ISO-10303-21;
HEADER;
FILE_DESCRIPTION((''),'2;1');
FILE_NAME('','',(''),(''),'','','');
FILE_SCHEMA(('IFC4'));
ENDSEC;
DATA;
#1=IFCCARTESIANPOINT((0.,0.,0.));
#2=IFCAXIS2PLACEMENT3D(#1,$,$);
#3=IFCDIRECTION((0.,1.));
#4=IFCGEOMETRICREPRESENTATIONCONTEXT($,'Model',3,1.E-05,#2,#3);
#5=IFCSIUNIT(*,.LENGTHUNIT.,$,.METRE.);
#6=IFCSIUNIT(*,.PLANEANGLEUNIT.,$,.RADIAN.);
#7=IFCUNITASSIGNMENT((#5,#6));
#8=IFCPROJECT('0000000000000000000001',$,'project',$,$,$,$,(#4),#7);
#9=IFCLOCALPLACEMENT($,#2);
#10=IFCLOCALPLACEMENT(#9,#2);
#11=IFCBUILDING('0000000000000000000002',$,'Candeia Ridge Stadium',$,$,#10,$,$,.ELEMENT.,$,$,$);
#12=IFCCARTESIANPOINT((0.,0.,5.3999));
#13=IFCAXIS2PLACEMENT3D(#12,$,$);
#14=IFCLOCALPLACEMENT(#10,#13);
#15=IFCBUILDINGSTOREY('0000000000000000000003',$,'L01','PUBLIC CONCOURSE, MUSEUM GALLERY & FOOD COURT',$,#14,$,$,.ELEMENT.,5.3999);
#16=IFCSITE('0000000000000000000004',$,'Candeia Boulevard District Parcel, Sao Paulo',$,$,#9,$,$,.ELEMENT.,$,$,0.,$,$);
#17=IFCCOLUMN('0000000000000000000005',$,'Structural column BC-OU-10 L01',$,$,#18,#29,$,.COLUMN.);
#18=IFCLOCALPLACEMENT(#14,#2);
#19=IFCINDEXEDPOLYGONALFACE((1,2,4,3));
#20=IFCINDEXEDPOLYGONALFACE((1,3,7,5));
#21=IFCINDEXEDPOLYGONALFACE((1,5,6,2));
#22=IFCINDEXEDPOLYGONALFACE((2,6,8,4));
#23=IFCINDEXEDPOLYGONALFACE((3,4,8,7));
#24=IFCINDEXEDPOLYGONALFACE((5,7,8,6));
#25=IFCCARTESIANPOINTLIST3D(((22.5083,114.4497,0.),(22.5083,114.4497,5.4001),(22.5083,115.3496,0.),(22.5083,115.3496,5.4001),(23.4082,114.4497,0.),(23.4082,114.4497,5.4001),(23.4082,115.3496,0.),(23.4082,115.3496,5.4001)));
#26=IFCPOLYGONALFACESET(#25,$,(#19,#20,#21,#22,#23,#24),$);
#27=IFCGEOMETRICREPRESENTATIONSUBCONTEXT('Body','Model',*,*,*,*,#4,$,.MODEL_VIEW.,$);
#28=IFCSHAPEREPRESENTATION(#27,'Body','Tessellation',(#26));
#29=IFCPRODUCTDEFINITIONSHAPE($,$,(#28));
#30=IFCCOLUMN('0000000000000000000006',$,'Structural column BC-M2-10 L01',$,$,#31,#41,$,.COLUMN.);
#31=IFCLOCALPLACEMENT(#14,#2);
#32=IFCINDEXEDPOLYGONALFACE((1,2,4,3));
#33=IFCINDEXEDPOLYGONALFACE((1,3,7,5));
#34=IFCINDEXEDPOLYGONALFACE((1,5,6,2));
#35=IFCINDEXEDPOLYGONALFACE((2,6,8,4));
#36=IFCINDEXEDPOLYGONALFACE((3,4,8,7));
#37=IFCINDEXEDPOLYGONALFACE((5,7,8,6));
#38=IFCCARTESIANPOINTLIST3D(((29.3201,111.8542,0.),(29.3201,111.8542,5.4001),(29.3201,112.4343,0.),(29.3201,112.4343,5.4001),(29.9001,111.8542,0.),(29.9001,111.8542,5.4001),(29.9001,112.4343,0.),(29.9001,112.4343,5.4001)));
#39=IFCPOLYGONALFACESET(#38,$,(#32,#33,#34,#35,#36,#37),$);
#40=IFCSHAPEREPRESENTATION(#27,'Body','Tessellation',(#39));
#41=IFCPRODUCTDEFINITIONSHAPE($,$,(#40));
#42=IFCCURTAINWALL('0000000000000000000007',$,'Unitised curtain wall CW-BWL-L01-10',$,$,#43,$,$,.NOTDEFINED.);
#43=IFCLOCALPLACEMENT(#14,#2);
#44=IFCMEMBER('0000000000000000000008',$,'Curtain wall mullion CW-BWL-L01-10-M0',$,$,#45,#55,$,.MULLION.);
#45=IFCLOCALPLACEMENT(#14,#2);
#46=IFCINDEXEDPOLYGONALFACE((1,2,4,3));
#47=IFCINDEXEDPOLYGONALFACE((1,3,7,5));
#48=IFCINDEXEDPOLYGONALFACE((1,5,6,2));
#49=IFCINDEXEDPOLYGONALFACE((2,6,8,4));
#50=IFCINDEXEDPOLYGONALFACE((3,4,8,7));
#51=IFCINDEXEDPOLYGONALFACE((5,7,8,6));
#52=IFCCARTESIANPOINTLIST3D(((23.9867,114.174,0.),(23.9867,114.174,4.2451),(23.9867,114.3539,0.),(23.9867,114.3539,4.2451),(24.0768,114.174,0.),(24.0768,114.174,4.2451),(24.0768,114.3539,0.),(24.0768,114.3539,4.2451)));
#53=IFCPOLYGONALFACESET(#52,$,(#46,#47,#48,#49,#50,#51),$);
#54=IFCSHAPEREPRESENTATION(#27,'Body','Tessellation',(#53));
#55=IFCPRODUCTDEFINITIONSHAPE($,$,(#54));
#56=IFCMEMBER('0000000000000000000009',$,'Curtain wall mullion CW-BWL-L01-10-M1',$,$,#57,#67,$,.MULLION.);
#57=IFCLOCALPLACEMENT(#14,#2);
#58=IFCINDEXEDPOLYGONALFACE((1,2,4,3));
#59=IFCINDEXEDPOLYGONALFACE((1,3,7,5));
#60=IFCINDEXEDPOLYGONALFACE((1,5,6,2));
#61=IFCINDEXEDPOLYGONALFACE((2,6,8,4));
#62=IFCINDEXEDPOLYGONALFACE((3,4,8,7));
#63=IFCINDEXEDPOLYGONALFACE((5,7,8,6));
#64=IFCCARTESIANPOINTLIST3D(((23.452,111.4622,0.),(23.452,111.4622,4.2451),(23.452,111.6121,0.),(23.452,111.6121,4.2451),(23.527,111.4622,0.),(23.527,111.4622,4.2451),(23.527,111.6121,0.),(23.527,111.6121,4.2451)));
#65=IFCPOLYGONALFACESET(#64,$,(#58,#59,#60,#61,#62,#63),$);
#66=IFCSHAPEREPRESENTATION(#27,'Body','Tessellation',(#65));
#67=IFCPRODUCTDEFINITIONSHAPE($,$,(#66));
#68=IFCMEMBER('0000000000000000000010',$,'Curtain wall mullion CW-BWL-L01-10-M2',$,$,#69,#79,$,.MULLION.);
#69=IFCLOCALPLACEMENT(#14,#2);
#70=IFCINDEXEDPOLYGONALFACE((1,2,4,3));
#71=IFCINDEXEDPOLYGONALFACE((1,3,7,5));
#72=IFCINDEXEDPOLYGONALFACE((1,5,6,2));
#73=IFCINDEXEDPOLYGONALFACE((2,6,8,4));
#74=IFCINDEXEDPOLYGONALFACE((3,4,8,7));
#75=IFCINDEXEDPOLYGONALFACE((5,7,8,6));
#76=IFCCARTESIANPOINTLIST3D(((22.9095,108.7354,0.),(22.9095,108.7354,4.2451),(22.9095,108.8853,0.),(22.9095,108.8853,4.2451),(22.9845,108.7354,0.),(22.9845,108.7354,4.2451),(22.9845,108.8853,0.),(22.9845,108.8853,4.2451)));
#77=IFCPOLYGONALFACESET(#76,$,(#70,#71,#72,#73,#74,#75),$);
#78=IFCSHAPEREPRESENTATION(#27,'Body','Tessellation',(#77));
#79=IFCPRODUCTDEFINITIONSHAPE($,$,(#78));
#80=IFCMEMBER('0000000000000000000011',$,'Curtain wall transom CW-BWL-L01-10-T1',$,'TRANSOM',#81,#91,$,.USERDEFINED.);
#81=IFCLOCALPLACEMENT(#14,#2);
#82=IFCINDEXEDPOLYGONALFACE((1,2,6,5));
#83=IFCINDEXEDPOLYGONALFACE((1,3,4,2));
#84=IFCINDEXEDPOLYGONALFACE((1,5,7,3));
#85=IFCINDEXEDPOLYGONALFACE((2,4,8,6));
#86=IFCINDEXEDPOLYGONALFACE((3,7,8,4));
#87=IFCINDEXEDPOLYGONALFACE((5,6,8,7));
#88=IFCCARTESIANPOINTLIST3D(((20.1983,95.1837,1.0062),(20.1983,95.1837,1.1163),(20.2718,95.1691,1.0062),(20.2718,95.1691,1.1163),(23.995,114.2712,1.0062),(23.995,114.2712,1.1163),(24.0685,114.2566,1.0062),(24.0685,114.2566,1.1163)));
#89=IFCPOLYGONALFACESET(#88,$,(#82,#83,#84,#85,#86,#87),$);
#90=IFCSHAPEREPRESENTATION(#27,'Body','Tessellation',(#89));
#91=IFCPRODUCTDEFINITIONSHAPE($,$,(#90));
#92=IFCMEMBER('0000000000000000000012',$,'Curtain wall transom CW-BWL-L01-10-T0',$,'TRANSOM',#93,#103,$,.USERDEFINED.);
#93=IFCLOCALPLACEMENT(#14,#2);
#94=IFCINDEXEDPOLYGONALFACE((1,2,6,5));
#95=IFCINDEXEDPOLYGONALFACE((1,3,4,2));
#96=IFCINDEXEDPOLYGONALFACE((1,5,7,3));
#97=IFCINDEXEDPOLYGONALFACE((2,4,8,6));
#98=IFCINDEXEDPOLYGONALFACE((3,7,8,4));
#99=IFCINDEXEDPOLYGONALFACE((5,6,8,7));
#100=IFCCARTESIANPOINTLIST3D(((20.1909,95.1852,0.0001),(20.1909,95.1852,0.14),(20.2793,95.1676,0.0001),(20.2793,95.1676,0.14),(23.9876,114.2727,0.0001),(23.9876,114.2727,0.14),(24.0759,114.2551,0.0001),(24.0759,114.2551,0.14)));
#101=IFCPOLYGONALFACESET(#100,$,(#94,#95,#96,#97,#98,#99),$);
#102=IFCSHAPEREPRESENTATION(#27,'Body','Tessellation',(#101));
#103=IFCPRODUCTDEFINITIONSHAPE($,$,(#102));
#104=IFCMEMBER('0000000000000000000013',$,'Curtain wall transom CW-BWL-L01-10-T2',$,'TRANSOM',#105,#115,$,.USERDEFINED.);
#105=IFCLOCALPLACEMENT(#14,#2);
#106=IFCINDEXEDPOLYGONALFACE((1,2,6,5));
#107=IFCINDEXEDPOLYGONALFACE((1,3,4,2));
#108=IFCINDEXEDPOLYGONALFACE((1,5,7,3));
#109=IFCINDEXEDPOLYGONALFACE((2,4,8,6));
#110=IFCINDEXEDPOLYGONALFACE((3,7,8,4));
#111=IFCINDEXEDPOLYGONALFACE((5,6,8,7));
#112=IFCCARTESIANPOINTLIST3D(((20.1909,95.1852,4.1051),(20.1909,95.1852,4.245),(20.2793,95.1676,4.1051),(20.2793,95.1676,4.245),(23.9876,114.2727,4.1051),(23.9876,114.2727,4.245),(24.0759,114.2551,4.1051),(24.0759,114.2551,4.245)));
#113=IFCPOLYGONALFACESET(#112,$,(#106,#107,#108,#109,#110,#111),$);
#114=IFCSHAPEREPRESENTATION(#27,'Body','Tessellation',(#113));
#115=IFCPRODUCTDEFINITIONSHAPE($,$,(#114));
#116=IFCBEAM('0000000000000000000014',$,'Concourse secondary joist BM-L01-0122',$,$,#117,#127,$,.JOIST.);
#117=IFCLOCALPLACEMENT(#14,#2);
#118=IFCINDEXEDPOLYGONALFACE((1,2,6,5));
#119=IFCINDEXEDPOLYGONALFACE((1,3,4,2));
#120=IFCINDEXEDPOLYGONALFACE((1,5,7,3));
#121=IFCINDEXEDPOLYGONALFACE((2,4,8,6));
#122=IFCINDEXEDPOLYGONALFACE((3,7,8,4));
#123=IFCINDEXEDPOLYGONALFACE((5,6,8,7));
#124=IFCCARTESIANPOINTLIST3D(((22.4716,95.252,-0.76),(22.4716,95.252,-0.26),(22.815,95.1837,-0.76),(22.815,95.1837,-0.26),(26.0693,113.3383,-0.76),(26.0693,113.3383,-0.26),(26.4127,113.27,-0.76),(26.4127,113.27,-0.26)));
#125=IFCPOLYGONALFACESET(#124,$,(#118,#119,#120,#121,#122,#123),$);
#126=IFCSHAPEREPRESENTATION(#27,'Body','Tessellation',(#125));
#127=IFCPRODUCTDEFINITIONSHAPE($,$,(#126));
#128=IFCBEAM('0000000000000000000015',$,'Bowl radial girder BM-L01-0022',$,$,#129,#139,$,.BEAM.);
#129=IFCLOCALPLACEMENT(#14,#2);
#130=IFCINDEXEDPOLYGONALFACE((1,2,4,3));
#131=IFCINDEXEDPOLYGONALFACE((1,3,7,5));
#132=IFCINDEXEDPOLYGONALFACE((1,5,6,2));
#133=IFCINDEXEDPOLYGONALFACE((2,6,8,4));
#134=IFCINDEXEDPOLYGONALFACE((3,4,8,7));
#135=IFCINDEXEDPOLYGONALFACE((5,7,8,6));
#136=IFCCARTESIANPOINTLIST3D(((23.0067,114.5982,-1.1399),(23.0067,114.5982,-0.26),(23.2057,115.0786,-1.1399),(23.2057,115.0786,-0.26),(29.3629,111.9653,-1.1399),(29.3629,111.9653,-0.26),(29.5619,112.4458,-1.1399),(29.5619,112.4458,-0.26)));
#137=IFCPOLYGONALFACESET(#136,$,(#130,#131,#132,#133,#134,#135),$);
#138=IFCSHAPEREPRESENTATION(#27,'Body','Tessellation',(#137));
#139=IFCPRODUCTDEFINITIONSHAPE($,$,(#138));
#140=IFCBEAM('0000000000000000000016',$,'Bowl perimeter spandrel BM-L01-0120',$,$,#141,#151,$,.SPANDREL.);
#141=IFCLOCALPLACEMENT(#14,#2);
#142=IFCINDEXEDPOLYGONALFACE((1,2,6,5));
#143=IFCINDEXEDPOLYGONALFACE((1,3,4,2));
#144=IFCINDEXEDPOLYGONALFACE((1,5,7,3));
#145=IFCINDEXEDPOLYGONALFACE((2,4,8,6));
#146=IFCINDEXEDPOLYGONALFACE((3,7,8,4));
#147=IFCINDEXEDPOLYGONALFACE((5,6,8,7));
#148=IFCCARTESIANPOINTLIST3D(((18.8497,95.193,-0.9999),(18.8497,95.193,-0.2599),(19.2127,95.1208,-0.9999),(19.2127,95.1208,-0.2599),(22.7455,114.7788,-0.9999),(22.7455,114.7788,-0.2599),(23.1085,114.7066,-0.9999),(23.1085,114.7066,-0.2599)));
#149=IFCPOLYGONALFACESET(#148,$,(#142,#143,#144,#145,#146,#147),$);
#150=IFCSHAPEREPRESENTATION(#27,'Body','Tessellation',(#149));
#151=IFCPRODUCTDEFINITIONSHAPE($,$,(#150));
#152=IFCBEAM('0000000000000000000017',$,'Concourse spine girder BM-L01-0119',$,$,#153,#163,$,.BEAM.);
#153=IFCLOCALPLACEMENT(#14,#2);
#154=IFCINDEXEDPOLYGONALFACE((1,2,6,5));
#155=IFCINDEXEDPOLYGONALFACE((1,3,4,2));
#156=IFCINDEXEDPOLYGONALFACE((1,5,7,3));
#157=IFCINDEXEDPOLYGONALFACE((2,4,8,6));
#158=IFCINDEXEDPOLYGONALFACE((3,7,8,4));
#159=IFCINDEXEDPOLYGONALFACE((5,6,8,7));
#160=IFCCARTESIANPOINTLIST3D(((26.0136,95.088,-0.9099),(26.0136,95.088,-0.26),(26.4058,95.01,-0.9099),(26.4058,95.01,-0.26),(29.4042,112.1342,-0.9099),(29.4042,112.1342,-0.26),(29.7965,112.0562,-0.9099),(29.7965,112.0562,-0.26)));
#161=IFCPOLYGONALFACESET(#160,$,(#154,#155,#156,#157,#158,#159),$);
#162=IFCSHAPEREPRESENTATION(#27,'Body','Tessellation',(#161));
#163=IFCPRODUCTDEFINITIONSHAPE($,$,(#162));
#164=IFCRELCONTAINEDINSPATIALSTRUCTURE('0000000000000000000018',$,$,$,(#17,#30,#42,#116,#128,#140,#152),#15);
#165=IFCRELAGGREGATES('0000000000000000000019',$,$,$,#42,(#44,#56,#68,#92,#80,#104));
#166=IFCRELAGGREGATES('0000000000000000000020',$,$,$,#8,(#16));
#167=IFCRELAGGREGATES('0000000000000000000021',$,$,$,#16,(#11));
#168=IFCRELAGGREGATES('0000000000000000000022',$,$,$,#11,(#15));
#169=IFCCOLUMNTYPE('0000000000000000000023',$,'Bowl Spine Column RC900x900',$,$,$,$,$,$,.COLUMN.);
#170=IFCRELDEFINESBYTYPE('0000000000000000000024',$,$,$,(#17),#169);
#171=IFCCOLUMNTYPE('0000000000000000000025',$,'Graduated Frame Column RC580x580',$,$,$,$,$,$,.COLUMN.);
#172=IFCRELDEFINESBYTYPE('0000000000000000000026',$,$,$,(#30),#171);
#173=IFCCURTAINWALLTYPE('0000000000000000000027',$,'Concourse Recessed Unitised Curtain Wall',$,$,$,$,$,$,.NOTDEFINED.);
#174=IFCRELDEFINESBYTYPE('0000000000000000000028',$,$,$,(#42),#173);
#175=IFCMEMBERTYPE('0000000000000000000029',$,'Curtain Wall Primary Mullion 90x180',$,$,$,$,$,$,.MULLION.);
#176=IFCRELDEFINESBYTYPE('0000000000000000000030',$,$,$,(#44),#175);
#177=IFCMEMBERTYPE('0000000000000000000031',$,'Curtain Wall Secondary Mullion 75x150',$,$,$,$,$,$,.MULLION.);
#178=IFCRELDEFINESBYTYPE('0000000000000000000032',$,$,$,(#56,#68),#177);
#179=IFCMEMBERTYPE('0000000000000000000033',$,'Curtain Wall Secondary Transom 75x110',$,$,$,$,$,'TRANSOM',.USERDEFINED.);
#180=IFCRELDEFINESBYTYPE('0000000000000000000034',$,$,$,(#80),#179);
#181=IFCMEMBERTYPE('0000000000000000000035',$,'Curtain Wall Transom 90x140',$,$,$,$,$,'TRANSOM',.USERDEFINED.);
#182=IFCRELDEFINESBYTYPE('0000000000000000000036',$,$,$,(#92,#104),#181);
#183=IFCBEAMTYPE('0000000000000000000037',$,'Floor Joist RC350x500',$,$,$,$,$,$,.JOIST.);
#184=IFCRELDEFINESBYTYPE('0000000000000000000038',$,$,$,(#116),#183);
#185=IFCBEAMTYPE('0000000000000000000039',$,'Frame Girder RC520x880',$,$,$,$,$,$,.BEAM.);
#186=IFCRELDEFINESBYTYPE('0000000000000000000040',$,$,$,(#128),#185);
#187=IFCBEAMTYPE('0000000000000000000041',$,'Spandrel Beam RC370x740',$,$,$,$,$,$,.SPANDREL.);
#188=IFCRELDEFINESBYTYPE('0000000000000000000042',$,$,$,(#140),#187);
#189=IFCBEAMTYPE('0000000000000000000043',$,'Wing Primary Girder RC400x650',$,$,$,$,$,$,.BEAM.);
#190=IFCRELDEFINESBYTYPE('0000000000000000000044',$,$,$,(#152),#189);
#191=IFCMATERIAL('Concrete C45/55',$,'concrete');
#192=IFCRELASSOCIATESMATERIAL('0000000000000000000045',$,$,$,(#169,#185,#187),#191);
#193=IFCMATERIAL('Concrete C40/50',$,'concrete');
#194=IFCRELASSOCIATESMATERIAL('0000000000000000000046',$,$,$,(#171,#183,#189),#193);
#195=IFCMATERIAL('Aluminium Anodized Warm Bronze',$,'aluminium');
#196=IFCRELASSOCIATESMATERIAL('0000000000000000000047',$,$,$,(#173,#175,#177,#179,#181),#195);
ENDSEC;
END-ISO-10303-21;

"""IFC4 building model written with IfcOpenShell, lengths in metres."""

from ifc_helpers import new_model, si_unit, direction, frame, origin, origin_2d, place, context, subcontext, project, spatial, rectangle, extrude, material, material_profile, profile_set, type_object, element, aggregate, save


model = new_model("IFC4")

# Units and contexts
model_context = context("Model", 3, precision=1e-05, world=origin(), true_north=direction((0.0, 1.0)))
body_context = subcontext(model_context, "Body", "Model", "MODEL_VIEW")
ifc_project = project(units=[si_unit("LENGTHUNIT", "METRE"), si_unit("PLANEANGLEUNIT", "RADIAN")], contexts=[model_context])

# Site, building, storey
site_placement = place(None, origin())
site = spatial("IfcSite", under=ifc_project, at=site_placement, Name="Candeia Boulevard District Parcel, Sao Paulo", CompositionType="ELEMENT", RefElevation=0.0)
building_placement = place(site_placement, origin())
building = spatial("IfcBuilding", under=site, at=building_placement, Name="Candeia Ridge Stadium", CompositionType="ELEMENT")
storey_placement = place(building_placement, frame((0.0, 0.0, 5.3999)))
storey = spatial("IfcBuildingStorey", under=building, at=storey_placement, Name="L01", Description="PUBLIC CONCOURSE, MUSEUM GALLERY & FOOD COURT", CompositionType="ELEMENT", Elevation=5.3999)

# Columns
ifc_material_1 = material(Name="Concrete C45/55", Category="concrete")
ifc_material_profile_1 = material_profile(ifc_material_1, rectangle(XDim=0.8999, YDim=0.8999, at=origin_2d()), Name="RC900x900", Category="concrete")
ifc_profile_set_1 = profile_set([ifc_material_profile_1], Name="Concrete C45/55")
column_type_1 = type_object("IfcColumnType", Name="Bowl Spine Column RC900x900", PredefinedType="COLUMN", material=ifc_profile_set_1)
column_1_placement = place(storey_placement, frame((22.9583, 114.8997, 0.0), z_axis=(0.0, 0.0, 1.0), x_axis=(1.0, 0.0, 0.0)))
element("IfcColumn", 1, at=column_1_placement, inside=storey, type_object=column_type_1, Name="Structural column BC-OU-10 L01", PredefinedType="COLUMN", context=body_context, shape_type="SweptSolid", body=[
    extrude(rectangle(XDim=0.8999, YDim=0.8999, at=origin_2d()), origin(), (0.0, 0.0, 1.0), 5.4001),
])
ifc_material_2 = material(Name="Concrete C40/50", Category="concrete")
ifc_material_profile_2 = material_profile(ifc_material_2, rectangle(XDim=0.5801, YDim=0.5801, at=origin_2d()), Name="RC580x580", Category="concrete")
ifc_profile_set_2 = profile_set([ifc_material_profile_2], Name="Concrete C40/50")
column_type_2 = type_object("IfcColumnType", Name="Graduated Frame Column RC580x580", PredefinedType="COLUMN", material=ifc_profile_set_2)
column_2_placement = place(storey_placement, frame((29.6101, 112.1443, 0.0), z_axis=(0.0, 0.0, 1.0), x_axis=(1.0, 0.0, 0.0)))
element("IfcColumn", 2, at=column_2_placement, inside=storey, type_object=column_type_2, Name="Structural column BC-M2-10 L01", PredefinedType="COLUMN", context=body_context, shape_type="SweptSolid", body=[
    extrude(rectangle(XDim=0.5801, YDim=0.5801, at=origin_2d()), origin(), (0.0, 0.0, 1.0), 5.4001),
])

# Curtain wall, members
ifc_material_3 = material(Name="Aluminium Anodized Warm Bronze", Category="aluminium")
curtain_wall_type = type_object("IfcCurtainWallType", Name="Concourse Recessed Unitised Curtain Wall", PredefinedType="NOTDEFINED", material=ifc_material_3)
curtain_wall_placement = place(storey_placement, origin())
curtain_wall = element("IfcCurtainWall", 3, at=curtain_wall_placement, inside=storey, type_object=curtain_wall_type, Name="Unitised curtain wall CW-BWL-L01-10", PredefinedType="NOTDEFINED")
ifc_material_profile_3 = material_profile(ifc_material_3, rectangle(XDim=0.0901, YDim=0.1799, at=origin_2d()), Name="CWM-90x180", Category="aluminium")
ifc_profile_set_3 = profile_set([ifc_material_profile_3], Name="Aluminium Anodized Warm Bronze")
member_type_1 = type_object("IfcMemberType", Name="Curtain Wall Primary Mullion 90x180", PredefinedType="MULLION", material=ifc_profile_set_3)
member_1_placement = place(storey_placement, frame((24.0317, 114.2639, 0.0), z_axis=(0.0, 0.0, 1.0), x_axis=(1.0, 0.0, 0.0)))
member_1 = element("IfcMember", 4, at=member_1_placement, type_object=member_type_1, Name="Curtain wall mullion CW-BWL-L01-10-M0", PredefinedType="MULLION", context=body_context, shape_type="SweptSolid", body=[
    extrude(rectangle(XDim=0.0901, YDim=0.1799, at=origin_2d()), origin(), (0.0, 0.0, 1.0), 4.2451),
])
ifc_material_profile_4 = material_profile(ifc_material_3, rectangle(XDim=0.075, YDim=0.1499, at=origin_2d()), Name="CWM-75x150", Category="aluminium")
ifc_profile_set_4 = profile_set([ifc_material_profile_4], Name="Aluminium Anodized Warm Bronze")
member_type_2 = type_object("IfcMemberType", Name="Curtain Wall Secondary Mullion 75x150", PredefinedType="MULLION", material=ifc_profile_set_4)
member_2_placement = place(storey_placement, frame((23.4895, 111.5371, 0.0), z_axis=(0.0, 0.0, 1.0), x_axis=(1.0, 0.0, 0.0)))
member_2 = element("IfcMember", 5, at=member_2_placement, type_object=member_type_2, Name="Curtain wall mullion CW-BWL-L01-10-M1", PredefinedType="MULLION", context=body_context, shape_type="SweptSolid", body=[
    extrude(rectangle(XDim=0.075, YDim=0.1499, at=origin_2d()), origin(), (0.0, 0.0, 1.0), 4.2451),
])
member_3_placement = place(storey_placement, frame((22.947, 108.8103, 0.0), z_axis=(0.0, 0.0, 1.0), x_axis=(1.0, 0.0, 0.0)))
member_3 = element("IfcMember", 6, at=member_3_placement, type_object=member_type_2, Name="Curtain wall mullion CW-BWL-L01-10-M2", PredefinedType="MULLION", context=body_context, shape_type="SweptSolid", body=[
    extrude(rectangle(XDim=0.075, YDim=0.1499, at=origin_2d()), origin(), (0.0, 0.0, 1.0), 4.2451),
])
ifc_material_profile_5 = material_profile(ifc_material_3, rectangle(XDim=0.075, YDim=0.1101, at=origin_2d()), Name="CWT-75x110", Category="aluminium")
ifc_profile_set_5 = profile_set([ifc_material_profile_5], Name="Aluminium Anodized Warm Bronze")
member_type_3 = type_object("IfcMemberType", Name="Curtain Wall Secondary Transom 75x110", ElementType="TRANSOM", PredefinedType="USERDEFINED", material=ifc_profile_set_5)
member_4_placement = place(storey_placement, frame((24.0317, 114.2639, 1.0613), z_axis=(-0.195086, -0.980786, 0.0), x_axis=(0.980786, -0.195086, 0.0)))
member_4 = element("IfcMember", 7, at=member_4_placement, type_object=member_type_3, Name="Curtain wall transom CW-BWL-L01-10-T1", ObjectType="TRANSOM", PredefinedType="USERDEFINED", context=body_context, shape_type="SweptSolid", body=[
    extrude(rectangle(XDim=0.075, YDim=0.1101, at=origin_2d()), origin(), (0.0, 0.0, 1.0), 19.4614),
])
ifc_material_profile_6 = material_profile(ifc_material_3, rectangle(XDim=0.0901, YDim=0.1399, at=origin_2d()), Name="CWT-90x140", Category="aluminium")
ifc_profile_set_6 = profile_set([ifc_material_profile_6], Name="Aluminium Anodized Warm Bronze")
member_type_4 = type_object("IfcMemberType", Name="Curtain Wall Transom 90x140", ElementType="TRANSOM", PredefinedType="USERDEFINED", material=ifc_profile_set_6)
member_5_placement = place(storey_placement, frame((24.0317, 114.2639, 0.0701), z_axis=(-0.195086, -0.980786, 0.0), x_axis=(0.980786, -0.195086, 0.0)))
member_5 = element("IfcMember", 8, at=member_5_placement, type_object=member_type_4, Name="Curtain wall transom CW-BWL-L01-10-T0", ObjectType="TRANSOM", PredefinedType="USERDEFINED", context=body_context, shape_type="SweptSolid", body=[
    extrude(rectangle(XDim=0.0901, YDim=0.1399, at=origin_2d()), origin(), (0.0, 0.0, 1.0), 19.4614),
])
member_6_placement = place(storey_placement, frame((24.0317, 114.2639, 4.175), z_axis=(-0.195086, -0.980786, 0.0), x_axis=(0.980786, -0.195086, 0.0)))
member_6 = element("IfcMember", 9, at=member_6_placement, type_object=member_type_4, Name="Curtain wall transom CW-BWL-L01-10-T2", ObjectType="TRANSOM", PredefinedType="USERDEFINED", context=body_context, shape_type="SweptSolid", body=[
    extrude(rectangle(XDim=0.0901, YDim=0.1399, at=origin_2d()), origin(), (0.0, 0.0, 1.0), 19.4614),
])

# Beams
ifc_material_profile_7 = material_profile(ifc_material_2, rectangle(XDim=0.3501, YDim=0.5, at=origin_2d()), Name="RC350x500", Category="concrete")
ifc_profile_set_7 = profile_set([ifc_material_profile_7], Name="Concrete C40/50")
beam_type_1 = type_object("IfcBeamType", Name="Floor Joist RC350x500", PredefinedType="JOIST", material=ifc_profile_set_7)
beam_1_placement = place(storey_placement, frame((26.241, 113.3042, -0.51), z_axis=(-0.195093, -0.980785, 0.0), x_axis=(0.980785, -0.195093, 0.0)))
element("IfcBeam", 10, at=beam_1_placement, inside=storey, type_object=beam_type_1, Name="Concourse secondary joist BM-L01-0122", PredefinedType="JOIST", context=body_context, shape_type="SweptSolid", body=[
    extrude(rectangle(XDim=0.3501, YDim=0.5, at=origin_2d()), origin(), (0.0, 0.0, 1.0), 18.4407),
])
ifc_material_profile_8 = material_profile(ifc_material_1, rectangle(XDim=0.52, YDim=0.8799, at=origin_2d()), Name="RC520x880", Category="concrete")
ifc_profile_set_8 = profile_set([ifc_material_profile_8], Name="Concrete C45/55")
beam_type_2 = type_object("IfcBeamType", Name="Frame Girder RC520x880", PredefinedType="BEAM", material=ifc_profile_set_8)
beam_2_placement = place(storey_placement, frame((29.4624, 112.2056, -0.7), z_axis=(-0.92388, 0.382682, 0.0), x_axis=(-0.382682, -0.92388, 0.0)))
element("IfcBeam", 11, at=beam_2_placement, inside=storey, type_object=beam_type_2, Name="Bowl radial girder BM-L01-0022", PredefinedType="BEAM", context=body_context, shape_type="SweptSolid", body=[
    extrude(rectangle(XDim=0.52, YDim=0.8799, at=origin_2d()), origin(), (0.0, 0.0, 1.0), 6.8799),
])
ifc_material_profile_9 = material_profile(ifc_material_1, rectangle(XDim=0.3701, YDim=0.74, at=origin_2d()), Name="RC370x740", Category="concrete")
ifc_profile_set_9 = profile_set([ifc_material_profile_9], Name="Concrete C45/55")
beam_type_3 = type_object("IfcBeamType", Name="Spandrel Beam RC370x740", PredefinedType="SPANDREL", material=ifc_profile_set_9)
beam_3_placement = place(storey_placement, frame((22.927, 114.7427, -0.6299), z_axis=(-0.195086, -0.980786, 0.0), x_axis=(0.980786, -0.195086, 0.0)))
element("IfcBeam", 12, at=beam_3_placement, inside=storey, type_object=beam_type_3, Name="Bowl perimeter spandrel BM-L01-0120", PredefinedType="SPANDREL", context=body_context, shape_type="SweptSolid", body=[
    extrude(rectangle(XDim=0.3701, YDim=0.74, at=origin_2d()), origin(), (0.0, 0.0, 1.0), 19.9695),
])
ifc_material_profile_10 = material_profile(ifc_material_2, rectangle(XDim=0.3999, YDim=0.6499, at=origin_2d()), Name="RC400x650", Category="concrete")
ifc_profile_set_10 = profile_set([ifc_material_profile_10], Name="Concrete C40/50")
beam_type_4 = type_object("IfcBeamType", Name="Wing Primary Girder RC400x650", PredefinedType="BEAM", material=ifc_profile_set_10)
beam_4_placement = place(storey_placement, frame((29.6003, 112.0952, -0.585), z_axis=(-0.195087, -0.980786, 0.0), x_axis=(0.980786, -0.195087, 0.0)))
element("IfcBeam", 13, at=beam_4_placement, inside=storey, type_object=beam_type_4, Name="Concourse spine girder BM-L01-0119", PredefinedType="BEAM", context=body_context, shape_type="SweptSolid", body=[
    extrude(rectangle(XDim=0.3999, YDim=0.6499, at=origin_2d()), origin(), (0.0, 0.0, 1.0), 17.3801),
])

aggregate(curtain_wall, [member_1, member_2, member_3, member_5, member_4, member_6])

save(model, "model.ifc")
